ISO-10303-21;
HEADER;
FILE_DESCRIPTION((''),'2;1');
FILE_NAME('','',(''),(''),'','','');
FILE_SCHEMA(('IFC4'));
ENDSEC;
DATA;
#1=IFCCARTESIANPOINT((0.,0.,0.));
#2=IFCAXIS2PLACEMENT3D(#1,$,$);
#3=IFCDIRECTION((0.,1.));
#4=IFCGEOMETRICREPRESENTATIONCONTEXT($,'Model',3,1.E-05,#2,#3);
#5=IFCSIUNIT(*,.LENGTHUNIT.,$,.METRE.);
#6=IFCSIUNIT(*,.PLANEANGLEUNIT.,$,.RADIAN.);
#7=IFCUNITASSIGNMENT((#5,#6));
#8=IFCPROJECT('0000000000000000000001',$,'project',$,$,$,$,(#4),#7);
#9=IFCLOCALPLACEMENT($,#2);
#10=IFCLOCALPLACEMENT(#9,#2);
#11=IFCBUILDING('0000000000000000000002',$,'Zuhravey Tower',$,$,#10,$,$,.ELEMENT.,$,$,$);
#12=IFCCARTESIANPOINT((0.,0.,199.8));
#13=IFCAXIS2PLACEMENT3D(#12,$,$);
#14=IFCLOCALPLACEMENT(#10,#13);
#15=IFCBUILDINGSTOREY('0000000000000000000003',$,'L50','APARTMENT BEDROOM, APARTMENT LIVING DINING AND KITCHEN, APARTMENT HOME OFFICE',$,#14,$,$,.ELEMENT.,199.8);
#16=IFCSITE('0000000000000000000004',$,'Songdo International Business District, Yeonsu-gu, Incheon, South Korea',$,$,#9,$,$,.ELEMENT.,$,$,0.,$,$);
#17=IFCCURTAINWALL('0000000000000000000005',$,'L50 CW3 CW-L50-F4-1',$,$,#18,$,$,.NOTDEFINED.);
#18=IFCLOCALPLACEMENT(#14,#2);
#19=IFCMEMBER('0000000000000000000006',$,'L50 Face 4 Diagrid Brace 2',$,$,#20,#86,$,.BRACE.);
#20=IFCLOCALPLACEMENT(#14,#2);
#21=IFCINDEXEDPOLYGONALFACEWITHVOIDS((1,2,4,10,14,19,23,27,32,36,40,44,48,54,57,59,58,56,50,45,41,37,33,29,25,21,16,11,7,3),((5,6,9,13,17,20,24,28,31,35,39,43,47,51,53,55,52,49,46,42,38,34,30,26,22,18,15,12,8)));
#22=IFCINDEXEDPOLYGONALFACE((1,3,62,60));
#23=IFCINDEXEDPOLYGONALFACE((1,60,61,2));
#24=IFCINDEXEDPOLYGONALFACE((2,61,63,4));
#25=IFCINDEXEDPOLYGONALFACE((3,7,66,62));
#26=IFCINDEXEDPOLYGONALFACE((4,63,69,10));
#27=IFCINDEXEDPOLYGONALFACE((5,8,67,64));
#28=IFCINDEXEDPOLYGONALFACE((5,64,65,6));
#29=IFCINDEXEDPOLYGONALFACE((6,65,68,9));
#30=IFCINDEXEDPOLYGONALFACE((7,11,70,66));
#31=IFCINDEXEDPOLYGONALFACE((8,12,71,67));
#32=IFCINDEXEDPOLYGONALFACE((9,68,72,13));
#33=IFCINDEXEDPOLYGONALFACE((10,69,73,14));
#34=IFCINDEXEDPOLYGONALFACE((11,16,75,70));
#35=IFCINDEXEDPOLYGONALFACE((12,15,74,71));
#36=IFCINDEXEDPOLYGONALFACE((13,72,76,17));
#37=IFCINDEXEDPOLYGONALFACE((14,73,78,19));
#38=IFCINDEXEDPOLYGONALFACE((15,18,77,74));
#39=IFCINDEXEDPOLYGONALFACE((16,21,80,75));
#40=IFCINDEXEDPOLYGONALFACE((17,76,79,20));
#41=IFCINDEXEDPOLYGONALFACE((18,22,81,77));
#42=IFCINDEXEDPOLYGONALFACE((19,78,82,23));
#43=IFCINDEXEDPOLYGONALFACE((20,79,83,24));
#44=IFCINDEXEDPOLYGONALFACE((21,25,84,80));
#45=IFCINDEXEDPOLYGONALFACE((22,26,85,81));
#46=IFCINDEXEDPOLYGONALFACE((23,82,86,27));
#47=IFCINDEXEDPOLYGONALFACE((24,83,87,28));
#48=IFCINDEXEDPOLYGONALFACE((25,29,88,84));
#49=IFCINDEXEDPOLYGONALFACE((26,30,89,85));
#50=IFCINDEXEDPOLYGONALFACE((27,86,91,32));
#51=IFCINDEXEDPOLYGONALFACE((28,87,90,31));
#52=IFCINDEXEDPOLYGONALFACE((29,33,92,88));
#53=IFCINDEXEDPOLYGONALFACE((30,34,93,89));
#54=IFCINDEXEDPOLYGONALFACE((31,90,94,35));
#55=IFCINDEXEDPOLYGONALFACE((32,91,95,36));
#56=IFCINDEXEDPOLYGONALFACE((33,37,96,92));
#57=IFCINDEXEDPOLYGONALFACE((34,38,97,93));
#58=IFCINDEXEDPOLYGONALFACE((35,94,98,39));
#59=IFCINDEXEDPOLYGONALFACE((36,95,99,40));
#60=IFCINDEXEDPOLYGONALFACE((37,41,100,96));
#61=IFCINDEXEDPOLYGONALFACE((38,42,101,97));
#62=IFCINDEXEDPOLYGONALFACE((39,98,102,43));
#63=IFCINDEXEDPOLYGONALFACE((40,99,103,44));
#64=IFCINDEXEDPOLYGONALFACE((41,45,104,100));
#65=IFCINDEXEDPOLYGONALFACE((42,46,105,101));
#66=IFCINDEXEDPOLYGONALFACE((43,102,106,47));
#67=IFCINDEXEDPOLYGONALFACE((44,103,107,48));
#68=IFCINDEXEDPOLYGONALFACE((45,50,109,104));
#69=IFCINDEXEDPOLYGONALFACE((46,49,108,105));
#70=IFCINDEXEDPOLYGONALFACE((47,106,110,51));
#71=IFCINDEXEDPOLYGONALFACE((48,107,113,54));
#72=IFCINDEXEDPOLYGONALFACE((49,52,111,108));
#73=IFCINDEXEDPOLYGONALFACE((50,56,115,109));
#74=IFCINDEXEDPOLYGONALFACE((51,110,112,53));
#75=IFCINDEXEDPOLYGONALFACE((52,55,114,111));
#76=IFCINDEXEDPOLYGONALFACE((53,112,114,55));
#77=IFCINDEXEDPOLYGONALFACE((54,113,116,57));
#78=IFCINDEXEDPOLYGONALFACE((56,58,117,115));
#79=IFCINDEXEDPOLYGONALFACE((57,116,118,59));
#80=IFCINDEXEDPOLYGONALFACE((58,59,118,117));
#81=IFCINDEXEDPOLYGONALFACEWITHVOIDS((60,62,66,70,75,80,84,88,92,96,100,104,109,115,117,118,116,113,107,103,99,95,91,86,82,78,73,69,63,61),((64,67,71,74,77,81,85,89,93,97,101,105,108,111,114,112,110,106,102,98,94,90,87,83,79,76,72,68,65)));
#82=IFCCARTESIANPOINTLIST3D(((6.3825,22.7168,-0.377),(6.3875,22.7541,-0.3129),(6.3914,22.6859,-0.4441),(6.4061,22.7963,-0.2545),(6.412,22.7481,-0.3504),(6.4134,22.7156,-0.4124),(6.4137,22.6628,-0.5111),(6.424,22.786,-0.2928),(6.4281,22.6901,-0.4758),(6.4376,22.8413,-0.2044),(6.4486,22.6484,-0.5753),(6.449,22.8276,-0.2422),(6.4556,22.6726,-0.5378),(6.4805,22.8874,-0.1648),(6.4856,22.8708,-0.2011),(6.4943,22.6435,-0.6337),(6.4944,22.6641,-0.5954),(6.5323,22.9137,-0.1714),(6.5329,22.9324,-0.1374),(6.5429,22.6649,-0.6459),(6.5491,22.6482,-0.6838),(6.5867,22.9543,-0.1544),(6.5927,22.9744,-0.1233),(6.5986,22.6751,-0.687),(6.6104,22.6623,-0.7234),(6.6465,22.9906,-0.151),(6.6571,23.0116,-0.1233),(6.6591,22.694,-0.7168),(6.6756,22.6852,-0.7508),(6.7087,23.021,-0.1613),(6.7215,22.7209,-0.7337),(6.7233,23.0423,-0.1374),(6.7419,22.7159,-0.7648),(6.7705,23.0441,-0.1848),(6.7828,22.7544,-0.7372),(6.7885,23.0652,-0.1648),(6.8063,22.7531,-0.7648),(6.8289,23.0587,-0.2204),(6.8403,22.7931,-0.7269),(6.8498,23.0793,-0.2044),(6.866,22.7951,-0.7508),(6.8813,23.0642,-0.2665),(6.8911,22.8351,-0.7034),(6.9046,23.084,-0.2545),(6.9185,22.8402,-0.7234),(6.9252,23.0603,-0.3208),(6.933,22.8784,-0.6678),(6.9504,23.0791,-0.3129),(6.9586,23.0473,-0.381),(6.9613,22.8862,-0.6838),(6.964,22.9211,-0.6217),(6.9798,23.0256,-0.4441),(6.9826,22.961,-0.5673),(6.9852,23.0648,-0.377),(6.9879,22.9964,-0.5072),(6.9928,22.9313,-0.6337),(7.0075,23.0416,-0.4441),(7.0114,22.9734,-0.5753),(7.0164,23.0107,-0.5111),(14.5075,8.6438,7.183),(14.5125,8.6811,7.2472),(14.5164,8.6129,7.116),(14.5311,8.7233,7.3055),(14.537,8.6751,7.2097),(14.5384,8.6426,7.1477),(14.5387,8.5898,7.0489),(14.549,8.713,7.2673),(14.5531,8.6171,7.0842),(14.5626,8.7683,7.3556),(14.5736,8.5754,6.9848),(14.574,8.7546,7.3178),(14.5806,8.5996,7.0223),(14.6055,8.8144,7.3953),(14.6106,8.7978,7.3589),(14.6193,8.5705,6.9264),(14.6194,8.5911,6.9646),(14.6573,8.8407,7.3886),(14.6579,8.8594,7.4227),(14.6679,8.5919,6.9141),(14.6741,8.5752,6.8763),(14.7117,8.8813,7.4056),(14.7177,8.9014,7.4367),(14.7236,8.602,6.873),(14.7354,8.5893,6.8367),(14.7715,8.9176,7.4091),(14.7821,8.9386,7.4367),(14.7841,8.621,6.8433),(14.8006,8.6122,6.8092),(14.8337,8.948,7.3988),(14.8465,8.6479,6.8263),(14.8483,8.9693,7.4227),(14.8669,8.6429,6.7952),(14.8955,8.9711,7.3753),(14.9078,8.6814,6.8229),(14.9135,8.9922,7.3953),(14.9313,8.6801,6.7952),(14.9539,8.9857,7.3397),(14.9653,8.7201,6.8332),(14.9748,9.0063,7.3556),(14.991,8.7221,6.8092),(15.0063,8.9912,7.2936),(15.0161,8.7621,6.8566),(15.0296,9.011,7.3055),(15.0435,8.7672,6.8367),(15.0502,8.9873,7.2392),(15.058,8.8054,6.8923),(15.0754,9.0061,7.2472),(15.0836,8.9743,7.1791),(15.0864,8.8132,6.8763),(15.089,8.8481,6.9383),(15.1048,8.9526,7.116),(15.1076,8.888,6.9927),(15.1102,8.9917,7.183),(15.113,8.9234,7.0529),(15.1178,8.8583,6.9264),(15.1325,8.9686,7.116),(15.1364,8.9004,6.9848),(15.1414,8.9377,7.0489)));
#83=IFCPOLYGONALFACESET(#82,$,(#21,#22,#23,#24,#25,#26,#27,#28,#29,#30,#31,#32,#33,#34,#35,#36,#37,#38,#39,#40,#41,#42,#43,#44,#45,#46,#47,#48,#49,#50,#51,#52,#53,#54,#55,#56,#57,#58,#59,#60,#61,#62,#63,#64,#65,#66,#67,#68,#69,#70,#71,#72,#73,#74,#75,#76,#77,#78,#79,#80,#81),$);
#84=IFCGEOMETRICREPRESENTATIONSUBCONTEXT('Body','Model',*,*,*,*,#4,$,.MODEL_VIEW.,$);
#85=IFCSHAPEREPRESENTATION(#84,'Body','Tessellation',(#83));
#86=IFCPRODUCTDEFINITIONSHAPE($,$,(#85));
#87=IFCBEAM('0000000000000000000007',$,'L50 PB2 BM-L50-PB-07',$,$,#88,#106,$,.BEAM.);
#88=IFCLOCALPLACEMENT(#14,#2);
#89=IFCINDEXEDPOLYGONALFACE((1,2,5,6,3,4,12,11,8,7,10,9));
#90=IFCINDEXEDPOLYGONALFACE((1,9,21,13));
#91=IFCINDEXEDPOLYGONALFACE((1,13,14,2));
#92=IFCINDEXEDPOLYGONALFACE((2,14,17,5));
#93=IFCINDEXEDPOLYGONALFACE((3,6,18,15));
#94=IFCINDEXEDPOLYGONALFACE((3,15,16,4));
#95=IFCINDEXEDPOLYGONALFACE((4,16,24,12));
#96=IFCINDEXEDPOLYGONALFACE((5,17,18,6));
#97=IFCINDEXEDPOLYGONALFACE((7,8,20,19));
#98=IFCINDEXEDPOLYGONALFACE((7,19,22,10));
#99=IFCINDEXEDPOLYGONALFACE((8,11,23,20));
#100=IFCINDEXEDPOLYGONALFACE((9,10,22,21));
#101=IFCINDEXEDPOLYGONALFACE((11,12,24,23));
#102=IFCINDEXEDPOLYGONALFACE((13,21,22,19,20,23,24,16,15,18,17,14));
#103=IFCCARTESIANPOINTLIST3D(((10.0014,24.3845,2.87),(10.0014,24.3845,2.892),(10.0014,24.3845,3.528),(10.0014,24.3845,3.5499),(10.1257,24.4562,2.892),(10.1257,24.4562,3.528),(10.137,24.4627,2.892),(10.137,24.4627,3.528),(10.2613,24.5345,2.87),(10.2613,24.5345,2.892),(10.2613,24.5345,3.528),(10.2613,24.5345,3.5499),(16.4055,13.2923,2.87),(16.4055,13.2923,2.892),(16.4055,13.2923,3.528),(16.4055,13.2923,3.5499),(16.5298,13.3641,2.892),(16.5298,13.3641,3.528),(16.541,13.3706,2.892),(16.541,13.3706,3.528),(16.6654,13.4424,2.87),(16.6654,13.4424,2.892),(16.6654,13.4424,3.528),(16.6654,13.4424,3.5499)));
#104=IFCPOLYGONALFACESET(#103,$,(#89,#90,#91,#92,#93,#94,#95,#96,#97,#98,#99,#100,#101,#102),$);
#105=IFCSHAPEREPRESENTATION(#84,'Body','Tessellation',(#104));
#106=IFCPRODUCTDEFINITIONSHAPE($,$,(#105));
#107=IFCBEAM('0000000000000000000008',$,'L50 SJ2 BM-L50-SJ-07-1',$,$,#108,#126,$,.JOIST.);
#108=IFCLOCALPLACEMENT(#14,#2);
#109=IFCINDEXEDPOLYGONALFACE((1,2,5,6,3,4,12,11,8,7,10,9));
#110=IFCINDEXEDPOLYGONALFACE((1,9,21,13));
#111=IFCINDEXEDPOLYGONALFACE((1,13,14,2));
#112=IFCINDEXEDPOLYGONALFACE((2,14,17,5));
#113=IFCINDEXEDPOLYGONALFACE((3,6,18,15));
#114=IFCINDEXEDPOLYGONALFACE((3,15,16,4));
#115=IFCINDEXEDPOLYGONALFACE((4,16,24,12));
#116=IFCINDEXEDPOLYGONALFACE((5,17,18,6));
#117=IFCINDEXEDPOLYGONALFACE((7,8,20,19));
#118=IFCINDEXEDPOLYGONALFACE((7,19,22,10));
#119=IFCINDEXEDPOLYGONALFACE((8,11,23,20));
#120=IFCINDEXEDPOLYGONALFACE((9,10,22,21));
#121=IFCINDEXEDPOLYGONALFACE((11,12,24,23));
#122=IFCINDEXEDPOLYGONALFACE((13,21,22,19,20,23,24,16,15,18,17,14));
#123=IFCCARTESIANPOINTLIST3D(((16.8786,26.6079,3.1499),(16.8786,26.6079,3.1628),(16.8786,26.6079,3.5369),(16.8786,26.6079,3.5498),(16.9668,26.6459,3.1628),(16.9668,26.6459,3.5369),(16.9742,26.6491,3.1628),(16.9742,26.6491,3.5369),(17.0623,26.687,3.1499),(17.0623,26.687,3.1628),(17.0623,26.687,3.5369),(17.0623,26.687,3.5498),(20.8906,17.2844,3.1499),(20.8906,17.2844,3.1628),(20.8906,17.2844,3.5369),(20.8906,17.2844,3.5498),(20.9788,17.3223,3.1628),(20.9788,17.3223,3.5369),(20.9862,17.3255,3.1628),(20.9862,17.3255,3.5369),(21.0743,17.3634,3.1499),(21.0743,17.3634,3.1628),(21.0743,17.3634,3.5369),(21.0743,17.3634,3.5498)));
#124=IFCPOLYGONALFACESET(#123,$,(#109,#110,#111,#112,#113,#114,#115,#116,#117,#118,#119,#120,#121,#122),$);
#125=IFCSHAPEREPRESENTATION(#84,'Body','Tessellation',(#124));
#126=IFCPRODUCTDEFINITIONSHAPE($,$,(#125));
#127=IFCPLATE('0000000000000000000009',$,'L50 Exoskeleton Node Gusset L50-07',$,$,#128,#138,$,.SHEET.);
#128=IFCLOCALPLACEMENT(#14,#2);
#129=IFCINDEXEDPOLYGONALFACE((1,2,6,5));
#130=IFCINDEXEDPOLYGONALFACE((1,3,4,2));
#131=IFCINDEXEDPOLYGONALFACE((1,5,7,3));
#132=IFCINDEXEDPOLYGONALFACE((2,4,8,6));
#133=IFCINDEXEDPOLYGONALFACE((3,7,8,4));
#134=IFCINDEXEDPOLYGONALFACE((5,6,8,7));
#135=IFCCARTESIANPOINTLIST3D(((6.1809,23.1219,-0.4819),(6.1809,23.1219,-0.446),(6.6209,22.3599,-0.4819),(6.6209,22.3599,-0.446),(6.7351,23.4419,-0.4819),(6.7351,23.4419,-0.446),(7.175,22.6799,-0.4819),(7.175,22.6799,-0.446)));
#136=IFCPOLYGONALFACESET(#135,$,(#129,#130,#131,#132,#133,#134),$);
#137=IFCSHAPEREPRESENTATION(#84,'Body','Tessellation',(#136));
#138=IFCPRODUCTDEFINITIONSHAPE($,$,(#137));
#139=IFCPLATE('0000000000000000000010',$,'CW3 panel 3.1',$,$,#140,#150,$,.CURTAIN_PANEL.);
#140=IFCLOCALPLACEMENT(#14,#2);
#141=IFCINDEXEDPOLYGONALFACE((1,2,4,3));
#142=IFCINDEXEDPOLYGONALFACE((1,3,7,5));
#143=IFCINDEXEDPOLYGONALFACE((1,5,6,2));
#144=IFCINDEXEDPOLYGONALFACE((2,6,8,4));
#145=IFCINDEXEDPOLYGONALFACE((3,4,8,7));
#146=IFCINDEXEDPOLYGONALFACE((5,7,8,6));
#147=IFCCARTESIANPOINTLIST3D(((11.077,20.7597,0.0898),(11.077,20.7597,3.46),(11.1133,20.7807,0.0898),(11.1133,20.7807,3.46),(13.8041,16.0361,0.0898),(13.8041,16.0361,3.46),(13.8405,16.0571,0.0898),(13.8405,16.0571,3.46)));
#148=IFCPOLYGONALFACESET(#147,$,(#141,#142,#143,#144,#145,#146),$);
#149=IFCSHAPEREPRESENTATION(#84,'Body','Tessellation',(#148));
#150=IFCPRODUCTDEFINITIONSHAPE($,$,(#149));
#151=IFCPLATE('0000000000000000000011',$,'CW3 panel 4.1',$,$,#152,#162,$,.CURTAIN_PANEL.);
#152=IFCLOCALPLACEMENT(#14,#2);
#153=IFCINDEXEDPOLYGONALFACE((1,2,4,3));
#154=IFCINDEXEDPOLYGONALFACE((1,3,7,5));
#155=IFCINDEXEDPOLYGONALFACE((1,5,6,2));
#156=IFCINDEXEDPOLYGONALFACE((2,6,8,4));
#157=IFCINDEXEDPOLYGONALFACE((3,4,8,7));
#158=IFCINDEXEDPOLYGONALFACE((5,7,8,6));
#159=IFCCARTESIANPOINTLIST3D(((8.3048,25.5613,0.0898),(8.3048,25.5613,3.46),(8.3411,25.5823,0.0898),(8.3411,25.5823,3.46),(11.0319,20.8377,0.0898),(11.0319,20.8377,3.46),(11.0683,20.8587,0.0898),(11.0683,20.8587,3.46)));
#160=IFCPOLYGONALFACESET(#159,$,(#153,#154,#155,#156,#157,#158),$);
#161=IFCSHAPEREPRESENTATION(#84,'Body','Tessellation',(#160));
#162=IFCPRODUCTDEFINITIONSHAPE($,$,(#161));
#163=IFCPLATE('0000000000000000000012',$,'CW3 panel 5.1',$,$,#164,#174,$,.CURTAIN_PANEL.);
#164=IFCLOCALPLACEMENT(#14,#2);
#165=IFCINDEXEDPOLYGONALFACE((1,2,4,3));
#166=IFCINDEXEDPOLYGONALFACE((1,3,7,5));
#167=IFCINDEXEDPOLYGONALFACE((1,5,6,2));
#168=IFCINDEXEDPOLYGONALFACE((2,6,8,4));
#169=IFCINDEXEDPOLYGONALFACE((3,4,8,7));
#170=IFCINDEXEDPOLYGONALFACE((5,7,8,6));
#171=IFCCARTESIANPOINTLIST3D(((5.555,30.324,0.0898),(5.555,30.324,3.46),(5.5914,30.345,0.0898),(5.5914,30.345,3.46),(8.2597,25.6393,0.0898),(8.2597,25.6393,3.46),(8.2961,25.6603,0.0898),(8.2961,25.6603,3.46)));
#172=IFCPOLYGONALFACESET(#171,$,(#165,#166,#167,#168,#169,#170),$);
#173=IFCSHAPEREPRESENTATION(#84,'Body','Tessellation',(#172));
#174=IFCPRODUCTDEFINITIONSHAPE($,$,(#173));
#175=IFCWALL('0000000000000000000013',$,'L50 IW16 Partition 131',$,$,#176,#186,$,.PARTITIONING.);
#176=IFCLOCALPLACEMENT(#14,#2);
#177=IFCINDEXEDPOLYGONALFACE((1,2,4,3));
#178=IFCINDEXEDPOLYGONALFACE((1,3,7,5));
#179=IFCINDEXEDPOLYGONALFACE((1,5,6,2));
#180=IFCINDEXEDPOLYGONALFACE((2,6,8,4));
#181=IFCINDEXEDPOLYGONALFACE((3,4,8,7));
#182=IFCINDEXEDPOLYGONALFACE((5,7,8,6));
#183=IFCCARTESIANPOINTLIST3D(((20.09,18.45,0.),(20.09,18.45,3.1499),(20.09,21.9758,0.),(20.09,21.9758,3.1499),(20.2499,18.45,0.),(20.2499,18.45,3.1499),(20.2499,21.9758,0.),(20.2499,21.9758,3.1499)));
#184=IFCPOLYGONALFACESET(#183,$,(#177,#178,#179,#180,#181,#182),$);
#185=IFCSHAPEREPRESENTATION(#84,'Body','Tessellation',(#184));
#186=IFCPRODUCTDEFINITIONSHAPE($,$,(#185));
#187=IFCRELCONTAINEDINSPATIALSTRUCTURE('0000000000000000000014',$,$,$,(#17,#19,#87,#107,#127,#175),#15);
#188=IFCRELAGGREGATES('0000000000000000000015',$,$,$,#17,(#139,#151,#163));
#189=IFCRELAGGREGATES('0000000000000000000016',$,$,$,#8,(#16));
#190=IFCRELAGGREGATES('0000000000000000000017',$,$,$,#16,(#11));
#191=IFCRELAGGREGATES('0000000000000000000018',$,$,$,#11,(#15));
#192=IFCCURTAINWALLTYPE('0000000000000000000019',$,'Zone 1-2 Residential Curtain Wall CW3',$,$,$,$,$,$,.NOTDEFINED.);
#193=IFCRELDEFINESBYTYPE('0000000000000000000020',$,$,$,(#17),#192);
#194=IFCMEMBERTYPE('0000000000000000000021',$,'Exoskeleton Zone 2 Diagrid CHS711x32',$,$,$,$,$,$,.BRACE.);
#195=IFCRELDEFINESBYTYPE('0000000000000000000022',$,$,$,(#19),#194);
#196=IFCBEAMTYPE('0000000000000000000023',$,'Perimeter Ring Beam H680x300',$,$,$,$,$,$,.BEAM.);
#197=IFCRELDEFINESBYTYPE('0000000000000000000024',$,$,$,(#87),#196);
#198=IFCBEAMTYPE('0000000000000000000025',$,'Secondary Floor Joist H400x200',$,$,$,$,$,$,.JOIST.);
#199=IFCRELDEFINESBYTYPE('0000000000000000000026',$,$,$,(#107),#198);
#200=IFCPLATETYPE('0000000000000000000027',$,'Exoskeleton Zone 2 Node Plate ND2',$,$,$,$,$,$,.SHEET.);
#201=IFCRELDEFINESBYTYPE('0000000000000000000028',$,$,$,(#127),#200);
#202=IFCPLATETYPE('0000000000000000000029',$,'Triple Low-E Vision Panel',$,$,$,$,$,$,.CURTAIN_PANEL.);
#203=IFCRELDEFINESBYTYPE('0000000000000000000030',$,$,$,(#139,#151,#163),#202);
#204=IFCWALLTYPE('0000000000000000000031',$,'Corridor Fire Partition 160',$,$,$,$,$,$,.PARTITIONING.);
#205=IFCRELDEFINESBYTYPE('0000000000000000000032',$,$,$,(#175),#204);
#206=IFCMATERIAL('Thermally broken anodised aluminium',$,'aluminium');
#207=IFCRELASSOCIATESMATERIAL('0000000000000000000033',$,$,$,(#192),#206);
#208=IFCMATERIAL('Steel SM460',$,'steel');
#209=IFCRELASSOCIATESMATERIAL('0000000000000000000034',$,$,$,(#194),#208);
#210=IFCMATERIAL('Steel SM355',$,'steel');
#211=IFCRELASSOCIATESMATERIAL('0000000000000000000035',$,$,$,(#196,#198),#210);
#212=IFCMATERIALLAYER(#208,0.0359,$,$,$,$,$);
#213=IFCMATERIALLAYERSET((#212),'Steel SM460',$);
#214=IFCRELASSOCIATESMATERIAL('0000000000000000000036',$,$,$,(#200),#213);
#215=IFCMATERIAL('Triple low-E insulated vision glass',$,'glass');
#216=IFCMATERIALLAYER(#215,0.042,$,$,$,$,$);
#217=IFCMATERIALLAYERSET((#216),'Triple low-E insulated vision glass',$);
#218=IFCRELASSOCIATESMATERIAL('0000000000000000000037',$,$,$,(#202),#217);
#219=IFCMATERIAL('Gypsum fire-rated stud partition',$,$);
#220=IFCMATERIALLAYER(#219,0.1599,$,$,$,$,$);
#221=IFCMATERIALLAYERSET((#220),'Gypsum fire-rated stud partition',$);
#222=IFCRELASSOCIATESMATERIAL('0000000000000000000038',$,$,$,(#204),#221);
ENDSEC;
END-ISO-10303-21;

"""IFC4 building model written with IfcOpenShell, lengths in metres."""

from ifc_helpers import new_model, si_unit, direction, frame, frame_2d, origin, origin_2d, place, context, subcontext, project, spatial, rectangle, hollow_circle, i_section, extrude, material, layer, layer_set, material_profile, profile_set, type_object, element, aggregate, save


model = new_model("IFC4")

# Units and contexts
model_context = context("Model", 3, precision=1e-05, world=origin(), true_north=direction((0.0, 1.0)))
body_context = subcontext(model_context, "Body", "Model", "MODEL_VIEW")
ifc_project = project(units=[si_unit("LENGTHUNIT", "METRE"), si_unit("PLANEANGLEUNIT", "RADIAN")], contexts=[model_context])

# Site, building, storey
site_placement = place(None, origin())
site = spatial("IfcSite", under=ifc_project, at=site_placement, Name="Songdo International Business District, Yeonsu-gu, Incheon, South Korea", CompositionType="ELEMENT", RefElevation=0.0)
building_placement = place(site_placement, origin())
building = spatial("IfcBuilding", under=site, at=building_placement, Name="Zuhravey Tower", CompositionType="ELEMENT")
storey_placement = place(building_placement, frame((0.0, 0.0, 199.8)))
storey = spatial("IfcBuildingStorey", under=building, at=storey_placement, Name="L50", Description="APARTMENT BEDROOM, APARTMENT LIVING DINING AND KITCHEN, APARTMENT HOME OFFICE", CompositionType="ELEMENT", Elevation=199.8)

# Curtain wall
ifc_material_1 = material(Name="Thermally broken anodised aluminium", Category="aluminium")
curtain_wall_type = type_object("IfcCurtainWallType", Name="Zone 1-2 Residential Curtain Wall CW3", PredefinedType="NOTDEFINED", material=ifc_material_1)
curtain_wall_placement = place(storey_placement, origin())
curtain_wall = element("IfcCurtainWall", 1, at=curtain_wall_placement, inside=storey, type_object=curtain_wall_type, Name="L50 CW3 CW-L50-F4-1", PredefinedType="NOTDEFINED")

# Member
ifc_material_2 = material(Name="Steel SM355", Category="steel")
ifc_material_3 = material(Name="Steel SM460", Category="steel")
ifc_material_profile_1 = material_profile(ifc_material_3, hollow_circle(Radius=0.3557, WallThickness=0.032, at=origin_2d()), Name="CHS-711.2x32")
ifc_profile_set_1 = profile_set([ifc_material_profile_1], Name="Steel SM460")
member_type_1 = type_object("IfcMemberType", Name="Exoskeleton Zone 2 Diagrid CHS711x32", PredefinedType="BRACE", material=ifc_profile_set_1)
member_1_placement = place(storey_placement, frame((6.6995, 22.8638, -0.4441), z_axis=(0.453338, -0.78521, 0.421817), x_axis=(0.866027, 0.499998, 0.0)))
element("IfcMember", 2, at=member_1_placement, inside=storey, type_object=member_type_1, Name="L50 Face 4 Diagrid Brace 2", PredefinedType="BRACE", context=body_context, shape_type="SweptSolid", body=[
    extrude(hollow_circle(Radius=0.3557, WallThickness=0.032, at=origin_2d()), origin(), (0.0, 0.0, 1.0), 17.9226),
])

# Beams
ifc_material_profile_2 = material_profile(ifc_material_2, i_section(OverallWidth=0.3, OverallDepth=0.6799, WebThickness=0.0129, FlangeThickness=0.022, at=origin_2d()), Name="H-680x300x13x22")
ifc_profile_set_2 = profile_set([ifc_material_profile_2], Name="Steel SM355")
beam_type_1 = type_object("IfcBeamType", Name="Perimeter Ring Beam H680x300", PredefinedType="BEAM", material=ifc_profile_set_2)
beam_1_placement = place(storey_placement, frame((10.1313, 24.4595, 3.21), z_axis=(0.500004, -0.866023, 0.0), x_axis=(0.866023, 0.500004, 0.0)))
element("IfcBeam", 3, at=beam_1_placement, inside=storey, type_object=beam_type_1, Name="L50 PB2 BM-L50-PB-07", PredefinedType="BEAM", context=body_context, shape_type="SweptSolid", body=[
    extrude(i_section(OverallWidth=0.3, OverallDepth=0.6799, WebThickness=0.0129, FlangeThickness=0.022, at=origin_2d()), origin(), (0.0, 0.0, 1.0), 12.8081),
])
ifc_material_profile_3 = material_profile(ifc_material_2, i_section(OverallWidth=0.2, OverallDepth=0.3999, WebThickness=0.0081, FlangeThickness=0.0129, at=origin_2d()), Name="H-400x200x8x13")
ifc_profile_set_3 = profile_set([ifc_material_profile_3], Name="Steel SM355")
beam_type_2 = type_object("IfcBeamType", Name="Secondary Floor Joist H400x200", PredefinedType="JOIST", material=ifc_profile_set_3)
beam_2_placement = place(storey_placement, frame((16.9705, 26.6475, 3.3499), z_axis=(0.395266, -0.918567, 0.0), x_axis=(0.918567, 0.395266, 0.0)))
element("IfcBeam", 4, at=beam_2_placement, inside=storey, type_object=beam_type_2, Name="L50 SJ2 BM-L50-SJ-07-1", PredefinedType="JOIST", context=body_context, shape_type="SweptSolid", body=[
    extrude(i_section(OverallWidth=0.2, OverallDepth=0.3999, WebThickness=0.0081, FlangeThickness=0.0129, at=origin_2d()), origin(), (0.0, 0.0, 1.0), 10.1501),
])

# Plates
ifc_layer_1 = layer(ifc_material_3, 0.0359)
ifc_layer_set_1 = layer_set([ifc_layer_1], Name="Steel SM460")
plate_type_1 = type_object("IfcPlateType", Name="Exoskeleton Zone 2 Node Plate ND2", PredefinedType="SHEET", material=ifc_layer_set_1)
plate_1_placement = place(storey_placement, frame((6.678, 22.9009, -0.4819), z_axis=(0.0, 0.0, 1.0), x_axis=(0.5, -0.866025, 0.0)))
element("IfcPlate", 5, at=plate_1_placement, inside=storey, type_object=plate_type_1, Name="L50 Exoskeleton Node Gusset L50-07", PredefinedType="SHEET", context=body_context, shape_type="SweptSolid", body=[
    extrude(rectangle(XDim=0.8799, YDim=0.6399, at=origin_2d()), origin(), (0.0, 0.0, 1.0), 0.0359),
])
ifc_material_4 = material(Name="Triple low-E insulated vision glass", Category="glass")
ifc_layer_2 = layer(ifc_material_4, 0.042)
ifc_layer_set_2 = layer_set([ifc_layer_2], Name="Triple low-E insulated vision glass")
plate_type_2 = type_object("IfcPlateType", Name="Triple Low-E Vision Panel", PredefinedType="CURTAIN_PANEL", material=ifc_layer_set_2)
plate_2_placement = place(storey_placement, frame((12.4587, 18.4084, 0.0898), z_axis=(0.0, 0.0, 1.0), x_axis=(-0.5, 0.866025, 0.0)))
plate_2 = element("IfcPlate", 6, at=plate_2_placement, type_object=plate_type_2, Name="CW3 panel 3.1", PredefinedType="CURTAIN_PANEL", context=body_context, shape_type="SweptSolid", body=[
    extrude(rectangle(XDim=5.4543, YDim=0.042, at=origin_2d()), origin(), (0.0, 0.0, 1.0), 3.3701),
])
plate_3_placement = place(storey_placement, frame((9.6865, 23.21, 0.0898), z_axis=(0.0, 0.0, 1.0), x_axis=(-0.5, 0.866025, 0.0)))
plate_3 = element("IfcPlate", 7, at=plate_3_placement, type_object=plate_type_2, Name="CW3 panel 4.1", PredefinedType="CURTAIN_PANEL", context=body_context, shape_type="SweptSolid", body=[
    extrude(rectangle(XDim=5.4543, YDim=0.042, at=origin_2d()), origin(), (0.0, 0.0, 1.0), 3.3701),
])
plate_4_placement = place(storey_placement, frame((6.9255, 27.9922, 0.0898), z_axis=(0.0, 0.0, 1.0), x_axis=(-0.5, 0.866025, 0.0)))
plate_4 = element("IfcPlate", 8, at=plate_4_placement, type_object=plate_type_2, Name="CW3 panel 5.1", PredefinedType="CURTAIN_PANEL", context=body_context, shape_type="SweptSolid", body=[
    extrude(rectangle(XDim=5.4094, YDim=0.042, at=origin_2d()), origin(), (0.0, 0.0, 1.0), 3.3701),
])
aggregate(curtain_wall, [plate_2, plate_3, plate_4])

# Wall
ifc_material_5 = material(Name="Gypsum fire-rated stud partition")
ifc_layer_3 = layer(ifc_material_5, 0.1599)
ifc_layer_set_3 = layer_set([ifc_layer_3], Name="Gypsum fire-rated stud partition")
wall_type_1 = type_object("IfcWallType", Name="Corridor Fire Partition 160", PredefinedType="PARTITIONING", material=ifc_layer_set_3)
wall_1_placement = place(storey_placement, frame((20.1699, 21.9758, 0.0), z_axis=(0.0, 0.0, 1.0), x_axis=(0.0, -1.0, 0.0)))
element("IfcWall", 9, at=wall_1_placement, inside=storey, type_object=wall_type_1, Name="L50 IW16 Partition 131", PredefinedType="PARTITIONING", context=body_context, shape_type="SweptSolid", body=[
    extrude(rectangle(XDim=3.5259, YDim=0.1599, at=frame_2d((1.7629, 0.0))), origin(), (0.0, 0.0, 1.0), 3.1499),
])

save(model, "model.ifc")
